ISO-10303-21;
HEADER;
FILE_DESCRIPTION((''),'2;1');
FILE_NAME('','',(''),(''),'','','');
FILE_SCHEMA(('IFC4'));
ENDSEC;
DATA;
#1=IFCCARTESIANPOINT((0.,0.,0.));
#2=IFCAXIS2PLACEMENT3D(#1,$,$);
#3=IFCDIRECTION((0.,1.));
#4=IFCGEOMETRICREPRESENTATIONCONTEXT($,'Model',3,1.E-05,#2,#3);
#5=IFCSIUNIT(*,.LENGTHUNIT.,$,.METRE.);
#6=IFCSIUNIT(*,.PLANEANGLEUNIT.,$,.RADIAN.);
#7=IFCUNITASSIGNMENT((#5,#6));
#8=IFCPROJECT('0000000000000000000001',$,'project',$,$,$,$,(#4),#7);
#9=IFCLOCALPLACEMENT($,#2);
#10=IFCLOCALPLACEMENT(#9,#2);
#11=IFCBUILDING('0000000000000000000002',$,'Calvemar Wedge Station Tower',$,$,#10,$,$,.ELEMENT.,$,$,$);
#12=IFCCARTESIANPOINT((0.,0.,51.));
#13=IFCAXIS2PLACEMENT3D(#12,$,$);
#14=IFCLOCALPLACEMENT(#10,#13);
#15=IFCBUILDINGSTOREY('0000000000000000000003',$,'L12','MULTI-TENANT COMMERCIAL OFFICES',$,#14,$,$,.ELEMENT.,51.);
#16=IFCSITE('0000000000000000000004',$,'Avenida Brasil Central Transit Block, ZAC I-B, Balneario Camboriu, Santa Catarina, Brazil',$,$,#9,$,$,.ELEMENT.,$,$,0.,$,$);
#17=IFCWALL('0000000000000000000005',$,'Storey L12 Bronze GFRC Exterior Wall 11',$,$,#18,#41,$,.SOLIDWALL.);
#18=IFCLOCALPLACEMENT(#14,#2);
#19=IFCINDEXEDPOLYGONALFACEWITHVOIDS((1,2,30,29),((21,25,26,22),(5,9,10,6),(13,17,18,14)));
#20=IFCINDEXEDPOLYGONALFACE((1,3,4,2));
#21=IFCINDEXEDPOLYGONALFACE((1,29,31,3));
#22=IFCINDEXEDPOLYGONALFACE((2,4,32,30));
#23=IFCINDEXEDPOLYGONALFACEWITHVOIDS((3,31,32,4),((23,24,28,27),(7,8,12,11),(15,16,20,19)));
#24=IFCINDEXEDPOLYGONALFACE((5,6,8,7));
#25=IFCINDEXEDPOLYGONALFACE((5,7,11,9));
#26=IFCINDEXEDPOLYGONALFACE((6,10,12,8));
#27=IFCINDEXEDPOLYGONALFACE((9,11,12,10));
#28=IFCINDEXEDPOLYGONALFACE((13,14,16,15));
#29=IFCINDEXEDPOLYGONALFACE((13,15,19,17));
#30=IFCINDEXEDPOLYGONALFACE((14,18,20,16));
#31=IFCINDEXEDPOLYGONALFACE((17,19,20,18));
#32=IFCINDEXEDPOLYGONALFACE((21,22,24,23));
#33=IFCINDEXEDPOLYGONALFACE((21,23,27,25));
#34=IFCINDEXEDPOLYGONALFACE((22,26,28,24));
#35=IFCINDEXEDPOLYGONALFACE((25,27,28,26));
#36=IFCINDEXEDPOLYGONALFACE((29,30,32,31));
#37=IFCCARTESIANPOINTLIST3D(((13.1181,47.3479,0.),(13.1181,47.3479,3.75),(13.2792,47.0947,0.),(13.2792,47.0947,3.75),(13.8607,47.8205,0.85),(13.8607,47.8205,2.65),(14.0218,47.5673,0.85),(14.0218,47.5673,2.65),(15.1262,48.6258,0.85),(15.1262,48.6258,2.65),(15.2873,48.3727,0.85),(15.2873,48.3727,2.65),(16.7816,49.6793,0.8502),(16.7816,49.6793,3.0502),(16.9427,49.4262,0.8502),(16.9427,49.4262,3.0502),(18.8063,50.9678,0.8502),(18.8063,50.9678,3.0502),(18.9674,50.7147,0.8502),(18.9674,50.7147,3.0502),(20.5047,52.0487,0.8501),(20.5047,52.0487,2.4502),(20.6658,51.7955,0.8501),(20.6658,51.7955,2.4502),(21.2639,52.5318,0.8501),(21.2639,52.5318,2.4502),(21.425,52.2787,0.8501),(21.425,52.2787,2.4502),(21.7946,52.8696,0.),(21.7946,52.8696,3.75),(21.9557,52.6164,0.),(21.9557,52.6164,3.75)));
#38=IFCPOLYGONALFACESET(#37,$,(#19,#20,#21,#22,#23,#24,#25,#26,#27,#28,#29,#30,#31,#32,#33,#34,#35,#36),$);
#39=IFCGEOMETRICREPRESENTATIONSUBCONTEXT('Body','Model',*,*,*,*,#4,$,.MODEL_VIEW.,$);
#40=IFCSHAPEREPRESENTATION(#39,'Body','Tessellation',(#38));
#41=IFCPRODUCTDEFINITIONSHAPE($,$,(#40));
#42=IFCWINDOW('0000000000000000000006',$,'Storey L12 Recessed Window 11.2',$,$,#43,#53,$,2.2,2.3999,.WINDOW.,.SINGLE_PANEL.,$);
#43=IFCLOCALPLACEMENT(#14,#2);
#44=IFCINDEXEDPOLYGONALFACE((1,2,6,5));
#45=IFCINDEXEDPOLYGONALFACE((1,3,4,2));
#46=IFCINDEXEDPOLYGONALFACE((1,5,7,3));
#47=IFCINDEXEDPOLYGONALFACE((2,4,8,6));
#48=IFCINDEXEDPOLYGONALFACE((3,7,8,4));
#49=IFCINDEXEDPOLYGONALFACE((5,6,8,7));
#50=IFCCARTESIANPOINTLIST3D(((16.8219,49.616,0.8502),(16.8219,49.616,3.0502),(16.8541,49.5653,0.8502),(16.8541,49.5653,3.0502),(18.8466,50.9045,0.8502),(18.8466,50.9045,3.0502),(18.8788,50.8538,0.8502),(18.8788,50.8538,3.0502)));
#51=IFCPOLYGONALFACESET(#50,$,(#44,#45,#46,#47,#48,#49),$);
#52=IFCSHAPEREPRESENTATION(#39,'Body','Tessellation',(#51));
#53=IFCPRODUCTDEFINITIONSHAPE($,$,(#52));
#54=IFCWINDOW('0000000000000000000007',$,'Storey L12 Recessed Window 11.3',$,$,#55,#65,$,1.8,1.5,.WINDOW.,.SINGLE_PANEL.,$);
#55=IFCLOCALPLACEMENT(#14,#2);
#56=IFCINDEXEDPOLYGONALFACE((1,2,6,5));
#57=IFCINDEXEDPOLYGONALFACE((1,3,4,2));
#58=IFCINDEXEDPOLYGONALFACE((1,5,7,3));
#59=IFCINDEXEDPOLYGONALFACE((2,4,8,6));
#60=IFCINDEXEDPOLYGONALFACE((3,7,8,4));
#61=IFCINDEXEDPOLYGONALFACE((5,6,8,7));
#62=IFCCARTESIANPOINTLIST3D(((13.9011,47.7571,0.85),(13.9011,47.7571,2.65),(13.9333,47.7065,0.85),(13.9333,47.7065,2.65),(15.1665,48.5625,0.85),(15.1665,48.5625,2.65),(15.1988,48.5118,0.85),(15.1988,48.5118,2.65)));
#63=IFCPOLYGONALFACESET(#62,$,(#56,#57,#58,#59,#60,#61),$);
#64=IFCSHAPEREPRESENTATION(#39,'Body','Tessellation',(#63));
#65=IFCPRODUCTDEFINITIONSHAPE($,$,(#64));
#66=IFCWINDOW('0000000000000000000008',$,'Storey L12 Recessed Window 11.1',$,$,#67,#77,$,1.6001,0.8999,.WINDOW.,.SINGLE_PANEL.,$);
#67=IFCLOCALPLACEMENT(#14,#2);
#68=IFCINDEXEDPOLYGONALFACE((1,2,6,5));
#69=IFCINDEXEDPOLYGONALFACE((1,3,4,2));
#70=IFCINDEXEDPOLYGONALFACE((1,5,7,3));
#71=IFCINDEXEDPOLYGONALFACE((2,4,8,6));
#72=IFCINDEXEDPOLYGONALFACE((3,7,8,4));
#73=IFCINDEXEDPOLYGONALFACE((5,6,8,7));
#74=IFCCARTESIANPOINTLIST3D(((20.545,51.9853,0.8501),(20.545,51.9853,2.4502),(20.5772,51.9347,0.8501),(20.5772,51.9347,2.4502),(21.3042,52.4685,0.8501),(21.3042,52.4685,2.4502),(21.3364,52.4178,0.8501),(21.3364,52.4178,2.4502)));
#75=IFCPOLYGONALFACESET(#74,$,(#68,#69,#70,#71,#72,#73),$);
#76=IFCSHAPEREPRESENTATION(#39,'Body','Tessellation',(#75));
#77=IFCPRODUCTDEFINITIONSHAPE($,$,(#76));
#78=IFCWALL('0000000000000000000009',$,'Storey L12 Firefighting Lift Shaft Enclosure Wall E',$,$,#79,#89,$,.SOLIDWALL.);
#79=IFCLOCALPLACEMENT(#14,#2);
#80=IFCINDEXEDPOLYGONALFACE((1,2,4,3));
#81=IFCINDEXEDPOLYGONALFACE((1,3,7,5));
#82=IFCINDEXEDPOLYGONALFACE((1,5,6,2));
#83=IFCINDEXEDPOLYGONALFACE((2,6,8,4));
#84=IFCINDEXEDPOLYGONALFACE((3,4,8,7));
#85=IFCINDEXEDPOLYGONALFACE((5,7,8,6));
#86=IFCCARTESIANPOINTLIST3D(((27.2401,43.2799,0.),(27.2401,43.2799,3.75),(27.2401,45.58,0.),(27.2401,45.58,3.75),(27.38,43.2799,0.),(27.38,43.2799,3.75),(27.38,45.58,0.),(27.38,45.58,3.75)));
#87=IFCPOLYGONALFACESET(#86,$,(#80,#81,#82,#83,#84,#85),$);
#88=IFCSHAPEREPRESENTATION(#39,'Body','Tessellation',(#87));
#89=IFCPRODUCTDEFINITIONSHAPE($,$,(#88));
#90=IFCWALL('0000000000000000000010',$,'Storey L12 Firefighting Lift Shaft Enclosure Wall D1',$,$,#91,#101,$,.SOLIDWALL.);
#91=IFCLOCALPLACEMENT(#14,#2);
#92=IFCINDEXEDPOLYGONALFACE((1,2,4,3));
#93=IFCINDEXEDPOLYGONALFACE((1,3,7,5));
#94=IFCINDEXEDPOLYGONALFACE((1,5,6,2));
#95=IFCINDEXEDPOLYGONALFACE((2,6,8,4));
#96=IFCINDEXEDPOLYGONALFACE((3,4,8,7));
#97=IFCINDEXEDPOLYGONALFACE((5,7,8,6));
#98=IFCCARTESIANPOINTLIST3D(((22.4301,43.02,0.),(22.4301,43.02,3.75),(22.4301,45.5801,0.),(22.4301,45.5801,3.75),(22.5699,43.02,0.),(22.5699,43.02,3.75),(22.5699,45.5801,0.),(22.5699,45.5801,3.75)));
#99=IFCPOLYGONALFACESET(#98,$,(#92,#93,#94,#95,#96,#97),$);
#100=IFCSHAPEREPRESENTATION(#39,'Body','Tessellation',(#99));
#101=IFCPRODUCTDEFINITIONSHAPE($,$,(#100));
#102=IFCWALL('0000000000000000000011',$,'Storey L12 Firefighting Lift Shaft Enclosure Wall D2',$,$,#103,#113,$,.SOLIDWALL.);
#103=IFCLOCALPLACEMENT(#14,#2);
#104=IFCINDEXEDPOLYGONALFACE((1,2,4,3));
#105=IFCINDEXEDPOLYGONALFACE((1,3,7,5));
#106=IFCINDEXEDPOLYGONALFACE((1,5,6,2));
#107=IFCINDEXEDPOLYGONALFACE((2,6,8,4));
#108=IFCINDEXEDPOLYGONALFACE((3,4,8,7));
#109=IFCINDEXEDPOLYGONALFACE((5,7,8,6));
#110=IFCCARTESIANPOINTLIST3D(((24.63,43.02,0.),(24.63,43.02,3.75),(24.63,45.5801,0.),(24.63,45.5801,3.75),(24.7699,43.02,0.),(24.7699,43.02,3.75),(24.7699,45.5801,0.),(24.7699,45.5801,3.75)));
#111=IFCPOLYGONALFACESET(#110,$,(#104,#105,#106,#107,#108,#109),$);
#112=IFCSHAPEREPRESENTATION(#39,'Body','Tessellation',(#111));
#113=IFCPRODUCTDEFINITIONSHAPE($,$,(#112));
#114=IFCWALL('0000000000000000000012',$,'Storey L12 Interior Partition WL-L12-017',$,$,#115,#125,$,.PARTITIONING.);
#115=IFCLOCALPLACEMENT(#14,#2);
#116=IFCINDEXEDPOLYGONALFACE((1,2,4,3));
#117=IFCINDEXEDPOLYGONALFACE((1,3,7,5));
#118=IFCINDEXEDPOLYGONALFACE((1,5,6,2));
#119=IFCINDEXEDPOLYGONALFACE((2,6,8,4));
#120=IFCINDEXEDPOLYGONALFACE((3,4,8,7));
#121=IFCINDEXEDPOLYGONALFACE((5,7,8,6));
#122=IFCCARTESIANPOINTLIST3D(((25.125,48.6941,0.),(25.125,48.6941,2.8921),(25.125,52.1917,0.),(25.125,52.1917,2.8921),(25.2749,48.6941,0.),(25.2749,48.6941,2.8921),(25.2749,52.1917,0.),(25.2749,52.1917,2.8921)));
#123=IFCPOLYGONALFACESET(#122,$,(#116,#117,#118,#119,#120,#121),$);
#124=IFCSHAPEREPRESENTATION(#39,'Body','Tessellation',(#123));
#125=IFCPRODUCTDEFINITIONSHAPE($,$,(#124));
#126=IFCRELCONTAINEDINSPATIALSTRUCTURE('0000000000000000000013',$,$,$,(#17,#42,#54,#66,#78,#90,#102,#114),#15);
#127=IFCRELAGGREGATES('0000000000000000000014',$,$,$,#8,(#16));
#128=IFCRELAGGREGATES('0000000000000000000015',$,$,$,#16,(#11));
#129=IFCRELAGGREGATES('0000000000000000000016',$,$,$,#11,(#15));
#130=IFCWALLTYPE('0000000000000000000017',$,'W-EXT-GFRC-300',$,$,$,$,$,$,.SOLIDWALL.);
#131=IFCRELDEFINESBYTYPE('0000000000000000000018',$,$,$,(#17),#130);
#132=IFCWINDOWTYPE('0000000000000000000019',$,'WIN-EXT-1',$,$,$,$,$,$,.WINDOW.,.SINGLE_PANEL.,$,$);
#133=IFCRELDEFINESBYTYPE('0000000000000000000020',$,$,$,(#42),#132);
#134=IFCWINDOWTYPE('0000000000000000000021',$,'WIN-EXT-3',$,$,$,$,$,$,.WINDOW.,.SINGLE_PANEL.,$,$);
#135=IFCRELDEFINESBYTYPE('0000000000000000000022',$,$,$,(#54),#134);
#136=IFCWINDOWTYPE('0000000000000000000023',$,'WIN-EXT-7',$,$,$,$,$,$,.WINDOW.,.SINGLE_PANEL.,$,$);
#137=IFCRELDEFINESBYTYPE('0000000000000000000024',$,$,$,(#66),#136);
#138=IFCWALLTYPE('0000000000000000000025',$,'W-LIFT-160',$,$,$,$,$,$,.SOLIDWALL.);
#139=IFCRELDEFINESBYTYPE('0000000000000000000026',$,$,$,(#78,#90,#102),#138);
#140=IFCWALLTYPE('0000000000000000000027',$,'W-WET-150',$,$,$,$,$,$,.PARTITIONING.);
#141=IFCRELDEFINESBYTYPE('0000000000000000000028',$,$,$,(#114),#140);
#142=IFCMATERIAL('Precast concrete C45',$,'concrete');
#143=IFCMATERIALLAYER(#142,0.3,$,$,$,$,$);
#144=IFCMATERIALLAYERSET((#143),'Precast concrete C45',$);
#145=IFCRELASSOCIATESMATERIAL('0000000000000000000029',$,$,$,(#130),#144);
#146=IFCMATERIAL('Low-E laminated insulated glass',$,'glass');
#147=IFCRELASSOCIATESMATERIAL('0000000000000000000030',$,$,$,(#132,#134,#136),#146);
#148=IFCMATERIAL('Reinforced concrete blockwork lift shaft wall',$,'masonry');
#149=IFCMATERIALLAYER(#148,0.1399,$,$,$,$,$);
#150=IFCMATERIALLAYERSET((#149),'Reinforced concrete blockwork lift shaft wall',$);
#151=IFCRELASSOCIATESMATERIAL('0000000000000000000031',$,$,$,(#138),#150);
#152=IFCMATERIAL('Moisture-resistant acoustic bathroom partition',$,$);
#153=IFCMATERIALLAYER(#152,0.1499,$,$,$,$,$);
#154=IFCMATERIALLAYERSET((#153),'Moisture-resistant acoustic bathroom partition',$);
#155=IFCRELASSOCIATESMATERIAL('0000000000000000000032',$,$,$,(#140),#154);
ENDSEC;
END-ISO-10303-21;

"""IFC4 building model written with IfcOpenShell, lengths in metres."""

from ifc_helpers import new_model, si_unit, direction, frame, frame_2d, origin, place, context, subcontext, project, spatial, rectangle, extrude, source, transform, mapped, material, layer, layer_set, type_object, element, fill, save


model = new_model("IFC4")

# Units and contexts
model_context = context("Model", 3, precision=1e-05, world=origin(), true_north=direction((0.0, 1.0)))
body_context = subcontext(model_context, "Body", "Model", "MODEL_VIEW")
ifc_project = project(units=[si_unit("LENGTHUNIT", "METRE"), si_unit("PLANEANGLEUNIT", "RADIAN")], contexts=[model_context])

# Site, building, storey
site_placement = place(None, origin())
site = spatial("IfcSite", under=ifc_project, at=site_placement, Name="Avenida Brasil Central Transit Block, ZAC I-B, Balneario Camboriu, Santa Catarina, Brazil", CompositionType="ELEMENT", RefElevation=0.0)
building_placement = place(site_placement, origin())
building = spatial("IfcBuilding", under=site, at=building_placement, Name="Calvemar Wedge Station Tower", CompositionType="ELEMENT")
storey_placement = place(building_placement, frame((0.0, 0.0, 51.0)))
storey = spatial("IfcBuildingStorey", under=building, at=storey_placement, Name="L12", Description="MULTI-TENANT COMMERCIAL OFFICES", CompositionType="ELEMENT", Elevation=51.0)

# Shared definitions
ifc_material_1 = material(Name="Precast concrete C45", Category="concrete")

# Wall, openings, windows
ifc_layer_1 = layer(ifc_material_1, 0.3)
ifc_layer_set_1 = layer_set([ifc_layer_1], Name="Precast concrete C45")
wall_type_1 = type_object("IfcWallType", Name="W-EXT-GFRC-300", PredefinedType="SOLIDWALL", material=ifc_layer_set_1)
wall_1_placement = place(storey_placement, frame((21.875, 52.7429, 0.0), z_axis=(0.0, 0.0, 1.0), x_axis=(-0.843648, -0.536897, 0.0)))
wall_1 = element("IfcWall", 1, at=wall_1_placement, inside=storey, type_object=wall_type_1, Name="Storey L12 Bronze GFRC Exterior Wall 11", PredefinedType="SOLIDWALL", context=body_context, shape_type="SweptSolid", body=[
    extrude(rectangle(XDim=10.2844, YDim=0.3, at=frame_2d((5.1421, 0.0))), origin(), (0.0, 0.0, 1.0), 3.75),
])
shared_shape_1 = source(origin(), body_context, "Body", "SweptSolid", [
    extrude(rectangle(XDim=0.8999, YDim=1.6001, at=frame_2d((0.45, 0.8))), frame((0.0, 0.1602, 0.0), z_axis=(0.0, -1.0, 0.0), x_axis=(1.0, 0.0, 0.0)), (0.0, 0.0, 1.0), 0.3201),
])
opening_1_placement = place(wall_1_placement, frame((0.6289, 0.0, 0.8501)))
opening_1 = element("IfcOpeningElement", 2, at=opening_1_placement, cuts=wall_1, PredefinedType="OPENING", context=body_context, shape_type="MappedRepresentation", body=[
    mapped(shared_shape_1, transform((0.0, 0.0, 0.0), scale=1.0)),
])
shared_shape_2 = source(origin(), body_context, "Body", "SweptSolid", [
    extrude(rectangle(XDim=2.3999, YDim=2.2, at=frame_2d((1.2, 1.1001))), frame((0.0, 0.1602, 0.0), z_axis=(0.0, -1.0, 0.0), x_axis=(1.0, 0.0, 0.0)), (0.0, 0.0, 1.0), 0.3201),
])
opening_2_placement = place(wall_1_placement, frame((3.542, 0.0, 0.8501)))
opening_2 = element("IfcOpeningElement", 3, at=opening_2_placement, cuts=wall_1, PredefinedType="OPENING", context=body_context, shape_type="MappedRepresentation", body=[
    mapped(shared_shape_2, transform((0.0, 0.0, 0.0), scale=1.0)),
])
shared_shape_3 = source(origin(), body_context, "Body", "SweptSolid", [
    extrude(rectangle(XDim=1.5, YDim=1.8, at=frame_2d((0.75, 0.8999))), frame((0.0, 0.1602, 0.0), z_axis=(0.0, -1.0, 0.0), x_axis=(1.0, 0.0, 0.0)), (0.0, 0.0, 1.0), 0.3201),
])
opening_3_placement = place(wall_1_placement, frame((7.9041, 0.0, 0.8501)))
opening_3 = element("IfcOpeningElement", 4, at=opening_3_placement, cuts=wall_1, PredefinedType="OPENING", context=body_context, shape_type="MappedRepresentation", body=[
    mapped(shared_shape_3, transform((0.0, 0.0, 0.0), scale=1.0)),
])
ifc_material_2 = material(Name="Low-E laminated insulated glass", Category="glass")
window_type_1 = type_object("IfcWindowType", Name="WIN-EXT-1", PartitioningType="SINGLE_PANEL", PredefinedType="WINDOW", material=ifc_material_2)
shared_shape_4 = source(origin(), body_context, "Body", "SweptSolid", [
    extrude(rectangle(XDim=2.3999, YDim=2.2, at=frame_2d((1.2, 1.1001))), frame((0.0, -0.0149, 0.0), z_axis=(0.0, -1.0, 0.0), x_axis=(1.0, 0.0, 0.0)), (0.0, 0.0, 1.0), 0.0601),
])
window_1_placement = place(opening_2_placement, origin())
window_1 = element("IfcWindow", 5, at=window_1_placement, inside=storey, type_object=window_type_1, Name="Storey L12 Recessed Window 11.2", OverallHeight=2.2, OverallWidth=2.3999, PartitioningType="SINGLE_PANEL", PredefinedType="WINDOW", context=body_context, shape_type="MappedRepresentation", body=[
    mapped(shared_shape_4, transform((0.0, 0.0, 0.0), scale=1.0)),
])
fill(opening_2, window_1)
window_type_2 = type_object("IfcWindowType", Name="WIN-EXT-3", PartitioningType="SINGLE_PANEL", PredefinedType="WINDOW", material=ifc_material_2)
shared_shape_5 = source(origin(), body_context, "Body", "SweptSolid", [
    extrude(rectangle(XDim=1.5, YDim=1.8, at=frame_2d((0.75, 0.8999))), frame((0.0, -0.0149, 0.0), z_axis=(0.0, -1.0, 0.0), x_axis=(1.0, 0.0, 0.0)), (0.0, 0.0, 1.0), 0.0601),
])
window_2_placement = place(opening_3_placement, origin())
window_2 = element("IfcWindow", 6, at=window_2_placement, inside=storey, type_object=window_type_2, Name="Storey L12 Recessed Window 11.3", OverallHeight=1.8, OverallWidth=1.5, PartitioningType="SINGLE_PANEL", PredefinedType="WINDOW", context=body_context, shape_type="MappedRepresentation", body=[
    mapped(shared_shape_5, transform((0.0, 0.0, 0.0), scale=1.0)),
])
fill(opening_3, window_2)
window_type_3 = type_object("IfcWindowType", Name="WIN-EXT-7", PartitioningType="SINGLE_PANEL", PredefinedType="WINDOW", material=ifc_material_2)
shared_shape_6 = source(origin(), body_context, "Body", "SweptSolid", [
    extrude(rectangle(XDim=0.8999, YDim=1.6001, at=frame_2d((0.45, 0.8))), frame((0.0, -0.0149, 0.0), z_axis=(0.0, -1.0, 0.0), x_axis=(1.0, 0.0, 0.0)), (0.0, 0.0, 1.0), 0.0601),
])
window_3_placement = place(opening_1_placement, origin())
window_3 = element("IfcWindow", 7, at=window_3_placement, inside=storey, type_object=window_type_3, Name="Storey L12 Recessed Window 11.1", OverallHeight=1.6001, OverallWidth=0.8999, PartitioningType="SINGLE_PANEL", PredefinedType="WINDOW", context=body_context, shape_type="MappedRepresentation", body=[
    mapped(shared_shape_6, transform((0.0, 0.0, 0.0), scale=1.0)),
])
fill(opening_1, window_3)

# Shared definitions
ifc_material_3 = material(Name="Reinforced concrete blockwork lift shaft wall", Category="masonry")
ifc_layer_2 = layer(ifc_material_3, 0.1399)
ifc_layer_set_2 = layer_set([ifc_layer_2], Name="Reinforced concrete blockwork lift shaft wall")
wall_type_2 = type_object("IfcWallType", Name="W-LIFT-160", PredefinedType="SOLIDWALL", material=ifc_layer_set_2)

# Walls
wall_2_placement = place(storey_placement, frame((27.3101, 43.28, 0.0), z_axis=(0.0, 0.0, 1.0), x_axis=(0.0, 1.0, 0.0)))
element("IfcWall", 8, at=wall_2_placement, inside=storey, type_object=wall_type_2, Name="Storey L12 Firefighting Lift Shaft Enclosure Wall E", PredefinedType="SOLIDWALL", context=body_context, shape_type="SweptSolid", body=[
    extrude(rectangle(XDim=2.3, YDim=0.1399, at=frame_2d((1.1499, 0.0))), origin(), (0.0, 0.0, 1.0), 3.75),
])
for number, where, z_axis, x_axis, name in (
    (9, (22.5, 43.02, 0.0), (0.0, 0.0, 1.0), (0.0, 1.0, 0.0), "Storey L12 Firefighting Lift Shaft Enclosure Wall D1"),
    (10, (24.7, 43.02, 0.0), (0.0, 0.0, 1.0), (0.0, 1.0, 0.0), "Storey L12 Firefighting Lift Shaft Enclosure Wall D2"),
):
    element("IfcWall", number, at=place(storey_placement, frame(where, z_axis=z_axis, x_axis=x_axis)), inside=storey, type_object=wall_type_2, Name=name, PredefinedType="SOLIDWALL", context=body_context, shape_type="SweptSolid", body=[
        extrude(rectangle(XDim=2.5601, YDim=0.1399, at=frame_2d((1.28, 0.0))), origin(), (0.0, 0.0, 1.0), 3.75),
    ])
ifc_material_4 = material(Name="Moisture-resistant acoustic bathroom partition")
ifc_layer_3 = layer(ifc_material_4, 0.1499)
ifc_layer_set_3 = layer_set([ifc_layer_3], Name="Moisture-resistant acoustic bathroom partition")
wall_type_3 = type_object("IfcWallType", Name="W-WET-150", PredefinedType="PARTITIONING", material=ifc_layer_set_3)
wall_3_placement = place(storey_placement, frame((25.2, 52.1917, 0.0), z_axis=(0.0, 0.0, 1.0), x_axis=(0.0, -1.0, 0.0)))
element("IfcWall", 11, at=wall_3_placement, inside=storey, type_object=wall_type_3, Name="Storey L12 Interior Partition WL-L12-017", PredefinedType="PARTITIONING", context=body_context, shape_type="SweptSolid", body=[
    extrude(rectangle(XDim=3.4976, YDim=0.1499, at=frame_2d((1.7488, 0.0))), origin(), (0.0, 0.0, 1.0), 2.8921),
])

save(model, "model.ifc")
